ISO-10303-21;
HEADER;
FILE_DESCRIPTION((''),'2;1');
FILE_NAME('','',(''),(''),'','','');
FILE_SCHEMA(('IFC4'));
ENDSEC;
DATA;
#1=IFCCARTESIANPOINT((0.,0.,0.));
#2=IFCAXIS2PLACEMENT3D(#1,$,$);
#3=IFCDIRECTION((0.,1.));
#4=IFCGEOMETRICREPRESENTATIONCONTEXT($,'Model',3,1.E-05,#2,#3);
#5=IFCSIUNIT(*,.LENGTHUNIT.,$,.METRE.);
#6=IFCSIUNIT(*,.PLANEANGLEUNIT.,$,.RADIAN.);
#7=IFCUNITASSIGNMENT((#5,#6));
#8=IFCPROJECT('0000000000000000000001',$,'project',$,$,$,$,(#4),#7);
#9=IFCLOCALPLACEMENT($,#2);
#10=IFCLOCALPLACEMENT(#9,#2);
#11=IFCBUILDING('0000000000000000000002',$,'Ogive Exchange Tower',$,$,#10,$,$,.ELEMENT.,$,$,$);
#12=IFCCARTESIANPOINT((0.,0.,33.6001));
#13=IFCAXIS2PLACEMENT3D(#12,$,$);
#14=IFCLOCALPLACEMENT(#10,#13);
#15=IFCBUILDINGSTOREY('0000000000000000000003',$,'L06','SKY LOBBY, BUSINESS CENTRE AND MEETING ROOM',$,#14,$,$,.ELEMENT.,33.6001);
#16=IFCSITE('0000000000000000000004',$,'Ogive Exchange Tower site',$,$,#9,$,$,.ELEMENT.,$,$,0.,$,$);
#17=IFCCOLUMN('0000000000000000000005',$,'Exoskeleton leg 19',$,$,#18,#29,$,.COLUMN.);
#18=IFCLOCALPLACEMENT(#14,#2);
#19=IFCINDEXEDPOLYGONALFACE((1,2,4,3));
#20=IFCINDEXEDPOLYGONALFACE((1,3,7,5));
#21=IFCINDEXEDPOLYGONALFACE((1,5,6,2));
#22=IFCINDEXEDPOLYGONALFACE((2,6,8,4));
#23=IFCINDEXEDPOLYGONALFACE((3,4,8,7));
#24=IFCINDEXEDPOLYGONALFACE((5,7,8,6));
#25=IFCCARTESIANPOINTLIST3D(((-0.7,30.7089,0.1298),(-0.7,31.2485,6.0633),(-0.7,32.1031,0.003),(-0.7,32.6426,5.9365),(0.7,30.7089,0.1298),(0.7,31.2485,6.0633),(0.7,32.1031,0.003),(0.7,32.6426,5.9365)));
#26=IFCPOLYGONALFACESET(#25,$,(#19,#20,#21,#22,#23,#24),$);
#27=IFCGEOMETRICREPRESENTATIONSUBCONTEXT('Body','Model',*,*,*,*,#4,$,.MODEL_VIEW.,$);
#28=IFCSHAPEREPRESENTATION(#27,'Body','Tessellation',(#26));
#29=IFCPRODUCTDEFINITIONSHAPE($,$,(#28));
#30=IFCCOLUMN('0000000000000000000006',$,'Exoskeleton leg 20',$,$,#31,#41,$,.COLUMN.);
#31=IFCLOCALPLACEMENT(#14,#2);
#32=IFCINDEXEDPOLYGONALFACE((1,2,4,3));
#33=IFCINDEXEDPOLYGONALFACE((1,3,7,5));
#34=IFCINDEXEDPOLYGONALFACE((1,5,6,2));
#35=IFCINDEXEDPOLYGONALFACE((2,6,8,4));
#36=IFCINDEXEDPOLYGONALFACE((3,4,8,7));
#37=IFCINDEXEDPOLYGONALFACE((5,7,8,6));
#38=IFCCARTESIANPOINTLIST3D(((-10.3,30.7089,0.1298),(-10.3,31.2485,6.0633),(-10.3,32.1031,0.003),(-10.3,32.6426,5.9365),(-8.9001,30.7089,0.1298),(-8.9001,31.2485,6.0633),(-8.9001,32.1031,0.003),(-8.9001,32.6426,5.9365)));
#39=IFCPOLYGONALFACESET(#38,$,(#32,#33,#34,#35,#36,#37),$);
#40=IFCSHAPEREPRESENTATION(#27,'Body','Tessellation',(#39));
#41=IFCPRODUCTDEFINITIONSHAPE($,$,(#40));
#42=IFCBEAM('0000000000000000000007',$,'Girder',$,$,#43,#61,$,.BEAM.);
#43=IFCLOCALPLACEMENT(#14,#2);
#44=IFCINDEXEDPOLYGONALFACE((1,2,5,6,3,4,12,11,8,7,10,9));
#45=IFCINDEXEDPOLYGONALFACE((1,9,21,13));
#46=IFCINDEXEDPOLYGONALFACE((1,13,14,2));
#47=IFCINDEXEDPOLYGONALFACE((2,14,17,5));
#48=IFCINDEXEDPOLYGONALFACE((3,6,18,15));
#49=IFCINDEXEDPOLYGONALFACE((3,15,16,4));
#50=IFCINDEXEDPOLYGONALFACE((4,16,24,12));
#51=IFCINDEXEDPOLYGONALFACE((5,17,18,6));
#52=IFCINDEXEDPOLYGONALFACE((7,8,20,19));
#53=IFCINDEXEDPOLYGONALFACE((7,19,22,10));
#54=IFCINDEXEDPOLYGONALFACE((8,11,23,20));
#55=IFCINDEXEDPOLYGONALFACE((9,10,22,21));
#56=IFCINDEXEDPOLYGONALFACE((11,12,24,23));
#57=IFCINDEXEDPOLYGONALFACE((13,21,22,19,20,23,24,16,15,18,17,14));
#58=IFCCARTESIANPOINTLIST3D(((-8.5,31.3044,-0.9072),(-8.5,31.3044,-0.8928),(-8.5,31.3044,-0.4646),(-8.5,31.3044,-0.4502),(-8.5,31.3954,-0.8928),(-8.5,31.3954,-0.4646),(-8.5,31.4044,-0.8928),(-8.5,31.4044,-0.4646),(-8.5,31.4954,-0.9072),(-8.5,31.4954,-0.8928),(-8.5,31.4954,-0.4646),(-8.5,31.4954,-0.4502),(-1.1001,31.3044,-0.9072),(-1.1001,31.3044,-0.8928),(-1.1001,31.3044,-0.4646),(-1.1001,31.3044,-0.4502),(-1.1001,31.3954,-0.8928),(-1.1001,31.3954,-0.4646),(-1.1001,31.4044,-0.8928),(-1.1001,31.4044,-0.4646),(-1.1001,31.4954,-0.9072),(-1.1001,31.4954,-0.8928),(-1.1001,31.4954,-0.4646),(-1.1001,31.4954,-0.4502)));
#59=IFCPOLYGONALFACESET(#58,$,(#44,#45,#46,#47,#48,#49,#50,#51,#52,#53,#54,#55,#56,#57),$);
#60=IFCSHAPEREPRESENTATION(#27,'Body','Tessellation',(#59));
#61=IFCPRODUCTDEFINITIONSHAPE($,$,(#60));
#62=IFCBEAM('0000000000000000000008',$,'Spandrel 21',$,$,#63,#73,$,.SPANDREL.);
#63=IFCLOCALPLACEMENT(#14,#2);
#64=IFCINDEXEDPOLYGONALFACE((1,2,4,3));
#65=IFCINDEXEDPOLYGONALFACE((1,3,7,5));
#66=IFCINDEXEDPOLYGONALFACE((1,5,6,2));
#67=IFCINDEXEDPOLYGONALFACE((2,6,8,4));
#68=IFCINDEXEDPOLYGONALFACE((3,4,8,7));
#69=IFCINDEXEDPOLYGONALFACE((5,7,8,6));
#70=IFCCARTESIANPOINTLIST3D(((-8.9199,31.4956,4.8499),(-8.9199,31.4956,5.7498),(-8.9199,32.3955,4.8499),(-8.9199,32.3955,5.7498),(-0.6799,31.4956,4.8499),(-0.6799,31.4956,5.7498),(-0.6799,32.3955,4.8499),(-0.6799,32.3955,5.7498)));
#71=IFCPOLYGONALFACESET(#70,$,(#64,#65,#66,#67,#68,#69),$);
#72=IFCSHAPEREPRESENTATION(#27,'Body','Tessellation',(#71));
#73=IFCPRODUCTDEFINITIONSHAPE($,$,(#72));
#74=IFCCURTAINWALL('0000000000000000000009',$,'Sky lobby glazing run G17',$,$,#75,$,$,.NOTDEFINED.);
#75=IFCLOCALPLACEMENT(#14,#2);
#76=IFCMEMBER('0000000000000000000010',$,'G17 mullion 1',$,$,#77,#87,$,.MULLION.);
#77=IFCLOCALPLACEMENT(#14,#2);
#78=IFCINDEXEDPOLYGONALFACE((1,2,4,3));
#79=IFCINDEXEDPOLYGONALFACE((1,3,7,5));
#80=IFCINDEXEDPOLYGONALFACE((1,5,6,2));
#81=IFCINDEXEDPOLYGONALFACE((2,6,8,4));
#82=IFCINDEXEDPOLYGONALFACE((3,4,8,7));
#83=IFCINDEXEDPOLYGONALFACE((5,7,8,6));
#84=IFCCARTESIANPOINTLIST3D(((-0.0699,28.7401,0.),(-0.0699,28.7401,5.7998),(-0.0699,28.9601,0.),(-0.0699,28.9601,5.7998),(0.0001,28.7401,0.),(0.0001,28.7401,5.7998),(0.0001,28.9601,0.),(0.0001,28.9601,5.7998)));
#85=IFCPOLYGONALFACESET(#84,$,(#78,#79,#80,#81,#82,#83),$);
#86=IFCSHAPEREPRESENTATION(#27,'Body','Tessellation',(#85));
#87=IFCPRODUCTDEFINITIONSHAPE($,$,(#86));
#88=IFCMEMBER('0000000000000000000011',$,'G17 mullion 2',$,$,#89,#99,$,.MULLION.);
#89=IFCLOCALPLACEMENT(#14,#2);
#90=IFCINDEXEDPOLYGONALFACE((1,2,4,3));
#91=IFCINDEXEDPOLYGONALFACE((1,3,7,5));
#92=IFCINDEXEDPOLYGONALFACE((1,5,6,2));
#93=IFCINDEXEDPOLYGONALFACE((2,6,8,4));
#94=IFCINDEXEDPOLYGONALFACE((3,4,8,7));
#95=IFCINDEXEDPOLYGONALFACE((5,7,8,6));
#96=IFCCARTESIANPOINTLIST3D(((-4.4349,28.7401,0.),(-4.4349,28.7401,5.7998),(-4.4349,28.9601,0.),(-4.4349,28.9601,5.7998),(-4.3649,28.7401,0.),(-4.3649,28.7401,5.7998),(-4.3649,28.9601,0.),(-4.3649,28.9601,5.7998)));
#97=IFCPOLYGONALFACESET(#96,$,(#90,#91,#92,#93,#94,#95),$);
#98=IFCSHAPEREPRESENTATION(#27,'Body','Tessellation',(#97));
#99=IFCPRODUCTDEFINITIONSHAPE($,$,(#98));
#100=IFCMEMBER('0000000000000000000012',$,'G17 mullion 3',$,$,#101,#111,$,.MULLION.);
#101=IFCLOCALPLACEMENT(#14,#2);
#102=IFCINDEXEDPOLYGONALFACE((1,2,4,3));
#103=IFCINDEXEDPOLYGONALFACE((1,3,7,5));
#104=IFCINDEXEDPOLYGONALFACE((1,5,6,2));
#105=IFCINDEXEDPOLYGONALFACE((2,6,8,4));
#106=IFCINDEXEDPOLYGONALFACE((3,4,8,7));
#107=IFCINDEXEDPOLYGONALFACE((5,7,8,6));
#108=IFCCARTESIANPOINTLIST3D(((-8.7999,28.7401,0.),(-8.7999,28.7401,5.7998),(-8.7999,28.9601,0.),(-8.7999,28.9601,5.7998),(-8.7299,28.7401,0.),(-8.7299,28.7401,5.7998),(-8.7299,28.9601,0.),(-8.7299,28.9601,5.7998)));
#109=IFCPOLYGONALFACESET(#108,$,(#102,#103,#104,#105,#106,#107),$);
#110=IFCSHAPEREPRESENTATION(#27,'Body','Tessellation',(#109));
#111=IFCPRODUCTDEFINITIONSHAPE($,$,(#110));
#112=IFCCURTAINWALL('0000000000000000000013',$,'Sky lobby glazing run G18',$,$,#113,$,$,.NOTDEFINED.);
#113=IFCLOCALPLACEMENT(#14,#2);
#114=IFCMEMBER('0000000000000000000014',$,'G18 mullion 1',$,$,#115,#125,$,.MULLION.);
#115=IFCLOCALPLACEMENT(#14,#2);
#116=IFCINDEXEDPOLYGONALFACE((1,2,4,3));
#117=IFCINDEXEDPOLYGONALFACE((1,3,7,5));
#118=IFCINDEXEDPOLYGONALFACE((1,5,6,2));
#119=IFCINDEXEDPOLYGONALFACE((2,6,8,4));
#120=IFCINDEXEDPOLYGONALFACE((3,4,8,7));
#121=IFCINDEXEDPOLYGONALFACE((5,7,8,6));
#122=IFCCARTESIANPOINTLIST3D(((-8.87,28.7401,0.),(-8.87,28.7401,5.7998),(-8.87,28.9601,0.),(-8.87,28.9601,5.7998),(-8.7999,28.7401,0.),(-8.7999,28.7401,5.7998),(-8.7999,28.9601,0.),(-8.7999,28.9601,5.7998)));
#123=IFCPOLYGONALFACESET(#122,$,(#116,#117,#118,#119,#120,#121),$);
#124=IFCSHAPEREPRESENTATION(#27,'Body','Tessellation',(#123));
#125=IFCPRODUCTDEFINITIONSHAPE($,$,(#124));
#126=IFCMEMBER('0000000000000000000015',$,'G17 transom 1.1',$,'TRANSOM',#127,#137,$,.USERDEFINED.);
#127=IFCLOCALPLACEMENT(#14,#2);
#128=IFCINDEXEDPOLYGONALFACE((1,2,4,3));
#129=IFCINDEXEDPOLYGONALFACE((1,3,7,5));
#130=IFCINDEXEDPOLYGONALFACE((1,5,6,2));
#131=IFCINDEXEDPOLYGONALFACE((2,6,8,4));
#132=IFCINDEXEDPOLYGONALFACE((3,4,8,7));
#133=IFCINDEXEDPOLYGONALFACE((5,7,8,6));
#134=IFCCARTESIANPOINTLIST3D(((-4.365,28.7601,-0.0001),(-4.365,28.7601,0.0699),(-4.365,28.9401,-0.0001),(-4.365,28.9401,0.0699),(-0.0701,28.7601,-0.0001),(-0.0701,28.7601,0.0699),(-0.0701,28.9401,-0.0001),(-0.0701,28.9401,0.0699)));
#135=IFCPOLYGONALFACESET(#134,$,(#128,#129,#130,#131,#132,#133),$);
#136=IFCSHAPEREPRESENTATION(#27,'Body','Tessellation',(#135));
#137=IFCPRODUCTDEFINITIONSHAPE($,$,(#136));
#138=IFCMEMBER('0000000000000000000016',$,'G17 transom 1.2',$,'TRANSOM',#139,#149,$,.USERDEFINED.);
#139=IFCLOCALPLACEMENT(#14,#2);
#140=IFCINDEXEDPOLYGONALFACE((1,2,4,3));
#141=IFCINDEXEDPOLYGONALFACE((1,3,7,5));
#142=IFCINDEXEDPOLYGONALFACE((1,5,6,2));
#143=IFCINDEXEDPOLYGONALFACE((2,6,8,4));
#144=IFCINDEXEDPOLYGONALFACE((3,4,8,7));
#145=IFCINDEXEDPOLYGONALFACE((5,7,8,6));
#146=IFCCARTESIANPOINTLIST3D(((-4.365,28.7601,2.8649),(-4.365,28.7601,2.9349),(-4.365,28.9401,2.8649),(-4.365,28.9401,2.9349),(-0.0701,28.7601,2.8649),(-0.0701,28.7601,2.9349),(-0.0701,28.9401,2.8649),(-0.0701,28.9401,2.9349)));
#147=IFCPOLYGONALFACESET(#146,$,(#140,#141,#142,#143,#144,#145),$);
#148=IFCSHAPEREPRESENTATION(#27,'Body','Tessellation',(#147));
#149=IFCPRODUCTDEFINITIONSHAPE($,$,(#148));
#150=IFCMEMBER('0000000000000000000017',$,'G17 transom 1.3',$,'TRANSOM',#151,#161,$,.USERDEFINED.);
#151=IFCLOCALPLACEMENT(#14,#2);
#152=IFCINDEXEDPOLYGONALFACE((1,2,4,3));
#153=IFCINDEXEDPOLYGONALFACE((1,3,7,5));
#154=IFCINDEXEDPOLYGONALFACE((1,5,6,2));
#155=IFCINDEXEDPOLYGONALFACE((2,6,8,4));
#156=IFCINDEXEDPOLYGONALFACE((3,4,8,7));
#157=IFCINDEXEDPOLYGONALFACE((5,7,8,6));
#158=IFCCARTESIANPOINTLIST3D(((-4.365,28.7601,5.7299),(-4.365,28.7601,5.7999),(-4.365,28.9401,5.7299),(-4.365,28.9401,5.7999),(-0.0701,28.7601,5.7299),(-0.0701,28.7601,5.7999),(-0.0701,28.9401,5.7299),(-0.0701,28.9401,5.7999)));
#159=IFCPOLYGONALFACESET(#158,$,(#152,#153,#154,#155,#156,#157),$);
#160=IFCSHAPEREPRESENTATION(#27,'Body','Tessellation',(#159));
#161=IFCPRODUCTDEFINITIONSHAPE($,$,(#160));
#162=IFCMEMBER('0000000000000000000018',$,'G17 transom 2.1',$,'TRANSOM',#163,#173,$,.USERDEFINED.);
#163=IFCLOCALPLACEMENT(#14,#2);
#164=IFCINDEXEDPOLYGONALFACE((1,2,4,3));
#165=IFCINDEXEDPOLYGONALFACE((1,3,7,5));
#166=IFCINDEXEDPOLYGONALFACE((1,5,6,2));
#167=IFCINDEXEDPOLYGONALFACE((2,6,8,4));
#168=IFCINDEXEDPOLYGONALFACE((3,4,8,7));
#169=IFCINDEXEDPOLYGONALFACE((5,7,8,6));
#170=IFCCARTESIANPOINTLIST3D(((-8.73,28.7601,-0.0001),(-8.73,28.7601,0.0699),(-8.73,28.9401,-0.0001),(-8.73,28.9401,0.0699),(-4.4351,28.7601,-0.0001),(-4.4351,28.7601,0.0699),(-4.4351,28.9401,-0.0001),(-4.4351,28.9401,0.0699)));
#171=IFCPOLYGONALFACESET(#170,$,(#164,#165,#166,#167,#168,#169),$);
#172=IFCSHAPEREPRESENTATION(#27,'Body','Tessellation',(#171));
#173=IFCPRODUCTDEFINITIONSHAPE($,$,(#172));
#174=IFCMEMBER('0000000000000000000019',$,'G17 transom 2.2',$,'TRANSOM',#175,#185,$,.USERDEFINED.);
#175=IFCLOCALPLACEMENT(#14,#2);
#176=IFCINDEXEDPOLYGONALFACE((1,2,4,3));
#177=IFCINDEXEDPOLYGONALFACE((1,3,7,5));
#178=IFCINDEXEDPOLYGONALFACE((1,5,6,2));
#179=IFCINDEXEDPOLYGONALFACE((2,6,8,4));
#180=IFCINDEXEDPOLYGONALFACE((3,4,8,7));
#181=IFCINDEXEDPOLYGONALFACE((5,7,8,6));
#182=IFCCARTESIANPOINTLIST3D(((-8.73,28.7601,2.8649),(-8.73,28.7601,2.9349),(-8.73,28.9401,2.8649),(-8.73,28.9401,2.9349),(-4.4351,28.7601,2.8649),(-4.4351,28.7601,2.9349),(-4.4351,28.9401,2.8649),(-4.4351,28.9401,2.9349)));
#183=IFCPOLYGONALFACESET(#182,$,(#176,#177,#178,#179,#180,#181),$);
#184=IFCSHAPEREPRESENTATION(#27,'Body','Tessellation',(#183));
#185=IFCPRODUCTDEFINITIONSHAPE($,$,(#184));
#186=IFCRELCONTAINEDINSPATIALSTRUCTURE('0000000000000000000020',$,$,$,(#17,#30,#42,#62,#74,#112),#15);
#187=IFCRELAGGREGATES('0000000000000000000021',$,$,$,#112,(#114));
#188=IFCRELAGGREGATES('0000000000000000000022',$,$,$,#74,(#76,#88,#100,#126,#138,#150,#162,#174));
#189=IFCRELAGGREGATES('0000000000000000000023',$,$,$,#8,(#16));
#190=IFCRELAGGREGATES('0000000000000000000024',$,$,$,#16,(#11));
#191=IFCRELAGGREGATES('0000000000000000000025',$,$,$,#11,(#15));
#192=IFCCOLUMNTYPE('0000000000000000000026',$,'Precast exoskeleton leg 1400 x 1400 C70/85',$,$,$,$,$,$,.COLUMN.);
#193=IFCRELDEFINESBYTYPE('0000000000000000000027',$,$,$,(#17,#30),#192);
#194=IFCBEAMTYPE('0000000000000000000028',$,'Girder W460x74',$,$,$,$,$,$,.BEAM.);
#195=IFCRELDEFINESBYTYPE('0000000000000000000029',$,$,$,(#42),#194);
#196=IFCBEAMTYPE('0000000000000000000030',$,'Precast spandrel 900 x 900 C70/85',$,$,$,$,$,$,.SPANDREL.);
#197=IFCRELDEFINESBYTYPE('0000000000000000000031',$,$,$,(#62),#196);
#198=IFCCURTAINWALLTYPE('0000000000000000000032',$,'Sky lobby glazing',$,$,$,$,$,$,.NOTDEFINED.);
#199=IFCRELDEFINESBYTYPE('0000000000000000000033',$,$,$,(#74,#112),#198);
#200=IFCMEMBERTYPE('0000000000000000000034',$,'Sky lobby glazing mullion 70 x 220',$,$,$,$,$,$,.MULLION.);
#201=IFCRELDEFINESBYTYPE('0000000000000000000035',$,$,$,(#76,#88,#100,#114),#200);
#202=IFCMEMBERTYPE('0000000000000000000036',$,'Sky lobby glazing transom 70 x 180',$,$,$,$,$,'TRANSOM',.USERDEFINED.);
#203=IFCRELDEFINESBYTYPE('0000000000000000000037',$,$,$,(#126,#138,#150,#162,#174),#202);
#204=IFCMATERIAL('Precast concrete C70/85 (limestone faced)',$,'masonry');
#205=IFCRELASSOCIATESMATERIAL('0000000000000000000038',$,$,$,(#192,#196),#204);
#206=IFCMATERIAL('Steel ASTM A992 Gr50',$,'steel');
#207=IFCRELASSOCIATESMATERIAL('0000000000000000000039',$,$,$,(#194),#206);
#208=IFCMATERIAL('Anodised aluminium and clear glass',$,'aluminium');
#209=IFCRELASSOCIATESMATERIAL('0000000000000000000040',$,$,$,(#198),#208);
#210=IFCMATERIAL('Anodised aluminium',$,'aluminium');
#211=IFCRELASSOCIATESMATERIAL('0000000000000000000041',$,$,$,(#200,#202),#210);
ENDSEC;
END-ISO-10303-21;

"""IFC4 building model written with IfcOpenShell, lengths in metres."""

from ifc_helpers import new_model, si_unit, direction, frame, origin, origin_2d, place, context, subcontext, project, spatial, rectangle, i_section, extrude, material, material_profile, profile_set, type_object, element, aggregate, save


model = new_model("IFC4")

# Units and contexts
model_context = context("Model", 3, precision=1e-05, world=origin(), true_north=direction((0.0, 1.0)))
body_context = subcontext(model_context, "Body", "Model", "MODEL_VIEW")
ifc_project = project(units=[si_unit("LENGTHUNIT", "METRE"), si_unit("PLANEANGLEUNIT", "RADIAN")], contexts=[model_context])

# Site, building, storey
site_placement = place(None, origin())
site = spatial("IfcSite", under=ifc_project, at=site_placement, Name="Ogive Exchange Tower site", CompositionType="ELEMENT", RefElevation=0.0)
building_placement = place(site_placement, origin())
building = spatial("IfcBuilding", under=site, at=building_placement, Name="Ogive Exchange Tower", CompositionType="ELEMENT")
storey_placement = place(building_placement, frame((0.0, 0.0, 33.6001)))
storey = spatial("IfcBuildingStorey", under=building, at=storey_placement, Name="L06", Description="SKY LOBBY, BUSINESS CENTRE AND MEETING ROOM", CompositionType="ELEMENT", Elevation=33.6001)

# Columns
ifc_material_1 = material(Name="Precast concrete C70/85 (limestone faced)", Category="masonry")
ifc_material_profile_1 = material_profile(ifc_material_1, rectangle(XDim=1.3999, YDim=1.3999, at=origin_2d()), Name="1400 x 1400")
ifc_profile_set_1 = profile_set([ifc_material_profile_1], Name="Precast concrete C70/85 (limestone faced)")
column_type = type_object("IfcColumnType", Name="Precast exoskeleton leg 1400 x 1400 C70/85", PredefinedType="COLUMN", material=ifc_profile_set_1)
for number, where, z_axis, x_axis, name in (
    (1, (0.0, 31.406, 0.0664), (0.0, 0.090558, 0.995891), (-1.0, 0.0, 0.0), "Exoskeleton leg 19"),
    (2, (-9.6001, 31.406, 0.0664), (0.0, 0.090558, 0.995891), (-1.0, 0.0, 0.0), "Exoskeleton leg 20"),
):
    element("IfcColumn", number, at=place(storey_placement, frame(where, z_axis=z_axis, x_axis=x_axis)), inside=storey, type_object=column_type, Name=name, PredefinedType="COLUMN", context=body_context, shape_type="SweptSolid", body=[
        extrude(rectangle(XDim=1.3999, YDim=1.3999, at=origin_2d()), origin(), (0.0, 0.0, 1.0), 5.958),
    ])

# Beams
ifc_material_2 = material(Name="Steel ASTM A992 Gr50", Category="steel")
ifc_material_profile_2 = material_profile(ifc_material_2, i_section(OverallWidth=0.1909, OverallDepth=0.457, WebThickness=0.009, FlangeThickness=0.0144, at=origin_2d()), Name="W460x74")
ifc_profile_set_2 = profile_set([ifc_material_profile_2], Name="Steel ASTM A992 Gr50")
beam_type_1 = type_object("IfcBeamType", Name="Girder W460x74", PredefinedType="BEAM", material=ifc_profile_set_2)
beam_1_placement = place(storey_placement, frame((-1.1001, 31.3999, -0.6787), z_axis=(-1.0, 0.0, 0.0), x_axis=(0.0, -1.0, 0.0)))
element("IfcBeam", 3, at=beam_1_placement, inside=storey, type_object=beam_type_1, Name="Girder", PredefinedType="BEAM", context=body_context, shape_type="SweptSolid", body=[
    extrude(i_section(OverallWidth=0.1909, OverallDepth=0.457, WebThickness=0.009, FlangeThickness=0.0144, at=origin_2d()), origin(), (0.0, 0.0, 1.0), 7.3999),
])
ifc_material_profile_3 = material_profile(ifc_material_1, rectangle(XDim=0.8999, YDim=0.8999, at=origin_2d()), Name="900 x 900")
ifc_profile_set_3 = profile_set([ifc_material_profile_3], Name="Precast concrete C70/85 (limestone faced)")
beam_type_2 = type_object("IfcBeamType", Name="Precast spandrel 900 x 900 C70/85", PredefinedType="SPANDREL", material=ifc_profile_set_3)
beam_2_placement = place(storey_placement, frame((-0.6799, 31.9456, 5.2998), z_axis=(-1.0, 0.0, 0.0), x_axis=(0.0, -1.0, 0.0)))
element("IfcBeam", 4, at=beam_2_placement, inside=storey, type_object=beam_type_2, Name="Spandrel 21", PredefinedType="SPANDREL", context=body_context, shape_type="SweptSolid", body=[
    extrude(rectangle(XDim=0.8999, YDim=0.8999, at=origin_2d()), origin(), (0.0, 0.0, 1.0), 8.24),
])

# Curtain wall, members
ifc_material_3 = material(Name="Anodised aluminium and clear glass", Category="aluminium")
curtain_wall_type = type_object("IfcCurtainWallType", Name="Sky lobby glazing", PredefinedType="NOTDEFINED", material=ifc_material_3)
curtain_wall_1_placement = place(storey_placement, origin())
curtain_wall_1 = element("IfcCurtainWall", 5, at=curtain_wall_1_placement, inside=storey, type_object=curtain_wall_type, Name="Sky lobby glazing run G17", PredefinedType="NOTDEFINED")
ifc_material_4 = material(Name="Anodised aluminium", Category="aluminium")
ifc_material_profile_4 = material_profile(ifc_material_4, rectangle(XDim=0.22, YDim=0.0701, at=origin_2d()), Name="AL 70x220")
ifc_profile_set_4 = profile_set([ifc_material_profile_4], Name="Anodised aluminium")
member_type_1 = type_object("IfcMemberType", Name="Sky lobby glazing mullion 70 x 220", PredefinedType="MULLION", material=ifc_profile_set_4)
member_1_placement = place(storey_placement, frame((-0.0349, 28.8501, 0.0), z_axis=(0.0, 0.0, 1.0), x_axis=(0.0, -1.0, 0.0)))
member_1 = element("IfcMember", 6, at=member_1_placement, type_object=member_type_1, Name="G17 mullion 1", PredefinedType="MULLION", context=body_context, shape_type="SweptSolid", body=[
    extrude(rectangle(XDim=0.22, YDim=0.0701, at=origin_2d()), origin(), (0.0, 0.0, 1.0), 5.7998),
])
member_2_placement = place(storey_placement, frame((-4.3999, 28.8501, 0.0), z_axis=(0.0, 0.0, 1.0), x_axis=(0.0, -1.0, 0.0)))
member_2 = element("IfcMember", 7, at=member_2_placement, type_object=member_type_1, Name="G17 mullion 2", PredefinedType="MULLION", context=body_context, shape_type="SweptSolid", body=[
    extrude(rectangle(XDim=0.22, YDim=0.0701, at=origin_2d()), origin(), (0.0, 0.0, 1.0), 5.7998),
])
member_3_placement = place(storey_placement, frame((-8.7649, 28.8501, 0.0), z_axis=(0.0, 0.0, 1.0), x_axis=(0.0, -1.0, 0.0)))
member_3 = element("IfcMember", 8, at=member_3_placement, type_object=member_type_1, Name="G17 mullion 3", PredefinedType="MULLION", context=body_context, shape_type="SweptSolid", body=[
    extrude(rectangle(XDim=0.22, YDim=0.0701, at=origin_2d()), origin(), (0.0, 0.0, 1.0), 5.7998),
])

# Curtain wall, member
curtain_wall_2_placement = place(storey_placement, origin())
curtain_wall_2 = element("IfcCurtainWall", 9, at=curtain_wall_2_placement, inside=storey, type_object=curtain_wall_type, Name="Sky lobby glazing run G18", PredefinedType="NOTDEFINED")
member_4_placement = place(storey_placement, frame((-8.835, 28.8501, 0.0), z_axis=(0.0, 0.0, 1.0), x_axis=(0.0, -1.0, 0.0)))
member_4 = element("IfcMember", 10, at=member_4_placement, type_object=member_type_1, Name="G18 mullion 1", PredefinedType="MULLION", context=body_context, shape_type="SweptSolid", body=[
    extrude(rectangle(XDim=0.22, YDim=0.0701, at=origin_2d()), origin(), (0.0, 0.0, 1.0), 5.7998),
])

# Members
ifc_material_profile_5 = material_profile(ifc_material_4, rectangle(XDim=0.1799, YDim=0.0701, at=origin_2d()), Name="AL 70x180")
ifc_profile_set_5 = profile_set([ifc_material_profile_5], Name="Anodised aluminium")
member_type_2 = type_object("IfcMemberType", Name="Sky lobby glazing transom 70 x 180", ElementType="TRANSOM", PredefinedType="USERDEFINED", material=ifc_profile_set_5)
member_5_placement = place(storey_placement, frame((-0.0701, 28.8501, 0.0349), z_axis=(-1.0, 0.0, 0.0), x_axis=(0.0, -1.0, 0.0)))
member_5 = element("IfcMember", 11, at=member_5_placement, type_object=member_type_2, Name="G17 transom 1.1", ObjectType="TRANSOM", PredefinedType="USERDEFINED", context=body_context, shape_type="SweptSolid", body=[
    extrude(rectangle(XDim=0.1799, YDim=0.0701, at=origin_2d()), origin(), (0.0, 0.0, 1.0), 4.2949),
])
member_6_placement = place(storey_placement, frame((-0.0701, 28.8501, 2.8999), z_axis=(-1.0, 0.0, 0.0), x_axis=(0.0, -1.0, 0.0)))
member_6 = element("IfcMember", 12, at=member_6_placement, type_object=member_type_2, Name="G17 transom 1.2", ObjectType="TRANSOM", PredefinedType="USERDEFINED", context=body_context, shape_type="SweptSolid", body=[
    extrude(rectangle(XDim=0.1799, YDim=0.0701, at=origin_2d()), origin(), (0.0, 0.0, 1.0), 4.2949),
])
member_7_placement = place(storey_placement, frame((-0.0701, 28.8501, 5.7649), z_axis=(-1.0, 0.0, 0.0), x_axis=(0.0, -1.0, 0.0)))
member_7 = element("IfcMember", 13, at=member_7_placement, type_object=member_type_2, Name="G17 transom 1.3", ObjectType="TRANSOM", PredefinedType="USERDEFINED", context=body_context, shape_type="SweptSolid", body=[
    extrude(rectangle(XDim=0.1799, YDim=0.0701, at=origin_2d()), origin(), (0.0, 0.0, 1.0), 4.2949),
])
member_8_placement = place(storey_placement, frame((-4.4351, 28.8501, 0.0349), z_axis=(-1.0, 0.0, 0.0), x_axis=(0.0, -1.0, 0.0)))
member_8 = element("IfcMember", 14, at=member_8_placement, type_object=member_type_2, Name="G17 transom 2.1", ObjectType="TRANSOM", PredefinedType="USERDEFINED", context=body_context, shape_type="SweptSolid", body=[
    extrude(rectangle(XDim=0.1799, YDim=0.0701, at=origin_2d()), origin(), (0.0, 0.0, 1.0), 4.2949),
])
member_9_placement = place(storey_placement, frame((-4.4351, 28.8501, 2.8999), z_axis=(-1.0, 0.0, 0.0), x_axis=(0.0, -1.0, 0.0)))
member_9 = element("IfcMember", 15, at=member_9_placement, type_object=member_type_2, Name="G17 transom 2.2", ObjectType="TRANSOM", PredefinedType="USERDEFINED", context=body_context, shape_type="SweptSolid", body=[
    extrude(rectangle(XDim=0.1799, YDim=0.0701, at=origin_2d()), origin(), (0.0, 0.0, 1.0), 4.2949),
])
aggregate(curtain_wall_2, [member_4])

aggregate(curtain_wall_1, [member_1, member_2, member_3, member_5, member_6, member_7, member_8, member_9])

save(model, "model.ifc")
